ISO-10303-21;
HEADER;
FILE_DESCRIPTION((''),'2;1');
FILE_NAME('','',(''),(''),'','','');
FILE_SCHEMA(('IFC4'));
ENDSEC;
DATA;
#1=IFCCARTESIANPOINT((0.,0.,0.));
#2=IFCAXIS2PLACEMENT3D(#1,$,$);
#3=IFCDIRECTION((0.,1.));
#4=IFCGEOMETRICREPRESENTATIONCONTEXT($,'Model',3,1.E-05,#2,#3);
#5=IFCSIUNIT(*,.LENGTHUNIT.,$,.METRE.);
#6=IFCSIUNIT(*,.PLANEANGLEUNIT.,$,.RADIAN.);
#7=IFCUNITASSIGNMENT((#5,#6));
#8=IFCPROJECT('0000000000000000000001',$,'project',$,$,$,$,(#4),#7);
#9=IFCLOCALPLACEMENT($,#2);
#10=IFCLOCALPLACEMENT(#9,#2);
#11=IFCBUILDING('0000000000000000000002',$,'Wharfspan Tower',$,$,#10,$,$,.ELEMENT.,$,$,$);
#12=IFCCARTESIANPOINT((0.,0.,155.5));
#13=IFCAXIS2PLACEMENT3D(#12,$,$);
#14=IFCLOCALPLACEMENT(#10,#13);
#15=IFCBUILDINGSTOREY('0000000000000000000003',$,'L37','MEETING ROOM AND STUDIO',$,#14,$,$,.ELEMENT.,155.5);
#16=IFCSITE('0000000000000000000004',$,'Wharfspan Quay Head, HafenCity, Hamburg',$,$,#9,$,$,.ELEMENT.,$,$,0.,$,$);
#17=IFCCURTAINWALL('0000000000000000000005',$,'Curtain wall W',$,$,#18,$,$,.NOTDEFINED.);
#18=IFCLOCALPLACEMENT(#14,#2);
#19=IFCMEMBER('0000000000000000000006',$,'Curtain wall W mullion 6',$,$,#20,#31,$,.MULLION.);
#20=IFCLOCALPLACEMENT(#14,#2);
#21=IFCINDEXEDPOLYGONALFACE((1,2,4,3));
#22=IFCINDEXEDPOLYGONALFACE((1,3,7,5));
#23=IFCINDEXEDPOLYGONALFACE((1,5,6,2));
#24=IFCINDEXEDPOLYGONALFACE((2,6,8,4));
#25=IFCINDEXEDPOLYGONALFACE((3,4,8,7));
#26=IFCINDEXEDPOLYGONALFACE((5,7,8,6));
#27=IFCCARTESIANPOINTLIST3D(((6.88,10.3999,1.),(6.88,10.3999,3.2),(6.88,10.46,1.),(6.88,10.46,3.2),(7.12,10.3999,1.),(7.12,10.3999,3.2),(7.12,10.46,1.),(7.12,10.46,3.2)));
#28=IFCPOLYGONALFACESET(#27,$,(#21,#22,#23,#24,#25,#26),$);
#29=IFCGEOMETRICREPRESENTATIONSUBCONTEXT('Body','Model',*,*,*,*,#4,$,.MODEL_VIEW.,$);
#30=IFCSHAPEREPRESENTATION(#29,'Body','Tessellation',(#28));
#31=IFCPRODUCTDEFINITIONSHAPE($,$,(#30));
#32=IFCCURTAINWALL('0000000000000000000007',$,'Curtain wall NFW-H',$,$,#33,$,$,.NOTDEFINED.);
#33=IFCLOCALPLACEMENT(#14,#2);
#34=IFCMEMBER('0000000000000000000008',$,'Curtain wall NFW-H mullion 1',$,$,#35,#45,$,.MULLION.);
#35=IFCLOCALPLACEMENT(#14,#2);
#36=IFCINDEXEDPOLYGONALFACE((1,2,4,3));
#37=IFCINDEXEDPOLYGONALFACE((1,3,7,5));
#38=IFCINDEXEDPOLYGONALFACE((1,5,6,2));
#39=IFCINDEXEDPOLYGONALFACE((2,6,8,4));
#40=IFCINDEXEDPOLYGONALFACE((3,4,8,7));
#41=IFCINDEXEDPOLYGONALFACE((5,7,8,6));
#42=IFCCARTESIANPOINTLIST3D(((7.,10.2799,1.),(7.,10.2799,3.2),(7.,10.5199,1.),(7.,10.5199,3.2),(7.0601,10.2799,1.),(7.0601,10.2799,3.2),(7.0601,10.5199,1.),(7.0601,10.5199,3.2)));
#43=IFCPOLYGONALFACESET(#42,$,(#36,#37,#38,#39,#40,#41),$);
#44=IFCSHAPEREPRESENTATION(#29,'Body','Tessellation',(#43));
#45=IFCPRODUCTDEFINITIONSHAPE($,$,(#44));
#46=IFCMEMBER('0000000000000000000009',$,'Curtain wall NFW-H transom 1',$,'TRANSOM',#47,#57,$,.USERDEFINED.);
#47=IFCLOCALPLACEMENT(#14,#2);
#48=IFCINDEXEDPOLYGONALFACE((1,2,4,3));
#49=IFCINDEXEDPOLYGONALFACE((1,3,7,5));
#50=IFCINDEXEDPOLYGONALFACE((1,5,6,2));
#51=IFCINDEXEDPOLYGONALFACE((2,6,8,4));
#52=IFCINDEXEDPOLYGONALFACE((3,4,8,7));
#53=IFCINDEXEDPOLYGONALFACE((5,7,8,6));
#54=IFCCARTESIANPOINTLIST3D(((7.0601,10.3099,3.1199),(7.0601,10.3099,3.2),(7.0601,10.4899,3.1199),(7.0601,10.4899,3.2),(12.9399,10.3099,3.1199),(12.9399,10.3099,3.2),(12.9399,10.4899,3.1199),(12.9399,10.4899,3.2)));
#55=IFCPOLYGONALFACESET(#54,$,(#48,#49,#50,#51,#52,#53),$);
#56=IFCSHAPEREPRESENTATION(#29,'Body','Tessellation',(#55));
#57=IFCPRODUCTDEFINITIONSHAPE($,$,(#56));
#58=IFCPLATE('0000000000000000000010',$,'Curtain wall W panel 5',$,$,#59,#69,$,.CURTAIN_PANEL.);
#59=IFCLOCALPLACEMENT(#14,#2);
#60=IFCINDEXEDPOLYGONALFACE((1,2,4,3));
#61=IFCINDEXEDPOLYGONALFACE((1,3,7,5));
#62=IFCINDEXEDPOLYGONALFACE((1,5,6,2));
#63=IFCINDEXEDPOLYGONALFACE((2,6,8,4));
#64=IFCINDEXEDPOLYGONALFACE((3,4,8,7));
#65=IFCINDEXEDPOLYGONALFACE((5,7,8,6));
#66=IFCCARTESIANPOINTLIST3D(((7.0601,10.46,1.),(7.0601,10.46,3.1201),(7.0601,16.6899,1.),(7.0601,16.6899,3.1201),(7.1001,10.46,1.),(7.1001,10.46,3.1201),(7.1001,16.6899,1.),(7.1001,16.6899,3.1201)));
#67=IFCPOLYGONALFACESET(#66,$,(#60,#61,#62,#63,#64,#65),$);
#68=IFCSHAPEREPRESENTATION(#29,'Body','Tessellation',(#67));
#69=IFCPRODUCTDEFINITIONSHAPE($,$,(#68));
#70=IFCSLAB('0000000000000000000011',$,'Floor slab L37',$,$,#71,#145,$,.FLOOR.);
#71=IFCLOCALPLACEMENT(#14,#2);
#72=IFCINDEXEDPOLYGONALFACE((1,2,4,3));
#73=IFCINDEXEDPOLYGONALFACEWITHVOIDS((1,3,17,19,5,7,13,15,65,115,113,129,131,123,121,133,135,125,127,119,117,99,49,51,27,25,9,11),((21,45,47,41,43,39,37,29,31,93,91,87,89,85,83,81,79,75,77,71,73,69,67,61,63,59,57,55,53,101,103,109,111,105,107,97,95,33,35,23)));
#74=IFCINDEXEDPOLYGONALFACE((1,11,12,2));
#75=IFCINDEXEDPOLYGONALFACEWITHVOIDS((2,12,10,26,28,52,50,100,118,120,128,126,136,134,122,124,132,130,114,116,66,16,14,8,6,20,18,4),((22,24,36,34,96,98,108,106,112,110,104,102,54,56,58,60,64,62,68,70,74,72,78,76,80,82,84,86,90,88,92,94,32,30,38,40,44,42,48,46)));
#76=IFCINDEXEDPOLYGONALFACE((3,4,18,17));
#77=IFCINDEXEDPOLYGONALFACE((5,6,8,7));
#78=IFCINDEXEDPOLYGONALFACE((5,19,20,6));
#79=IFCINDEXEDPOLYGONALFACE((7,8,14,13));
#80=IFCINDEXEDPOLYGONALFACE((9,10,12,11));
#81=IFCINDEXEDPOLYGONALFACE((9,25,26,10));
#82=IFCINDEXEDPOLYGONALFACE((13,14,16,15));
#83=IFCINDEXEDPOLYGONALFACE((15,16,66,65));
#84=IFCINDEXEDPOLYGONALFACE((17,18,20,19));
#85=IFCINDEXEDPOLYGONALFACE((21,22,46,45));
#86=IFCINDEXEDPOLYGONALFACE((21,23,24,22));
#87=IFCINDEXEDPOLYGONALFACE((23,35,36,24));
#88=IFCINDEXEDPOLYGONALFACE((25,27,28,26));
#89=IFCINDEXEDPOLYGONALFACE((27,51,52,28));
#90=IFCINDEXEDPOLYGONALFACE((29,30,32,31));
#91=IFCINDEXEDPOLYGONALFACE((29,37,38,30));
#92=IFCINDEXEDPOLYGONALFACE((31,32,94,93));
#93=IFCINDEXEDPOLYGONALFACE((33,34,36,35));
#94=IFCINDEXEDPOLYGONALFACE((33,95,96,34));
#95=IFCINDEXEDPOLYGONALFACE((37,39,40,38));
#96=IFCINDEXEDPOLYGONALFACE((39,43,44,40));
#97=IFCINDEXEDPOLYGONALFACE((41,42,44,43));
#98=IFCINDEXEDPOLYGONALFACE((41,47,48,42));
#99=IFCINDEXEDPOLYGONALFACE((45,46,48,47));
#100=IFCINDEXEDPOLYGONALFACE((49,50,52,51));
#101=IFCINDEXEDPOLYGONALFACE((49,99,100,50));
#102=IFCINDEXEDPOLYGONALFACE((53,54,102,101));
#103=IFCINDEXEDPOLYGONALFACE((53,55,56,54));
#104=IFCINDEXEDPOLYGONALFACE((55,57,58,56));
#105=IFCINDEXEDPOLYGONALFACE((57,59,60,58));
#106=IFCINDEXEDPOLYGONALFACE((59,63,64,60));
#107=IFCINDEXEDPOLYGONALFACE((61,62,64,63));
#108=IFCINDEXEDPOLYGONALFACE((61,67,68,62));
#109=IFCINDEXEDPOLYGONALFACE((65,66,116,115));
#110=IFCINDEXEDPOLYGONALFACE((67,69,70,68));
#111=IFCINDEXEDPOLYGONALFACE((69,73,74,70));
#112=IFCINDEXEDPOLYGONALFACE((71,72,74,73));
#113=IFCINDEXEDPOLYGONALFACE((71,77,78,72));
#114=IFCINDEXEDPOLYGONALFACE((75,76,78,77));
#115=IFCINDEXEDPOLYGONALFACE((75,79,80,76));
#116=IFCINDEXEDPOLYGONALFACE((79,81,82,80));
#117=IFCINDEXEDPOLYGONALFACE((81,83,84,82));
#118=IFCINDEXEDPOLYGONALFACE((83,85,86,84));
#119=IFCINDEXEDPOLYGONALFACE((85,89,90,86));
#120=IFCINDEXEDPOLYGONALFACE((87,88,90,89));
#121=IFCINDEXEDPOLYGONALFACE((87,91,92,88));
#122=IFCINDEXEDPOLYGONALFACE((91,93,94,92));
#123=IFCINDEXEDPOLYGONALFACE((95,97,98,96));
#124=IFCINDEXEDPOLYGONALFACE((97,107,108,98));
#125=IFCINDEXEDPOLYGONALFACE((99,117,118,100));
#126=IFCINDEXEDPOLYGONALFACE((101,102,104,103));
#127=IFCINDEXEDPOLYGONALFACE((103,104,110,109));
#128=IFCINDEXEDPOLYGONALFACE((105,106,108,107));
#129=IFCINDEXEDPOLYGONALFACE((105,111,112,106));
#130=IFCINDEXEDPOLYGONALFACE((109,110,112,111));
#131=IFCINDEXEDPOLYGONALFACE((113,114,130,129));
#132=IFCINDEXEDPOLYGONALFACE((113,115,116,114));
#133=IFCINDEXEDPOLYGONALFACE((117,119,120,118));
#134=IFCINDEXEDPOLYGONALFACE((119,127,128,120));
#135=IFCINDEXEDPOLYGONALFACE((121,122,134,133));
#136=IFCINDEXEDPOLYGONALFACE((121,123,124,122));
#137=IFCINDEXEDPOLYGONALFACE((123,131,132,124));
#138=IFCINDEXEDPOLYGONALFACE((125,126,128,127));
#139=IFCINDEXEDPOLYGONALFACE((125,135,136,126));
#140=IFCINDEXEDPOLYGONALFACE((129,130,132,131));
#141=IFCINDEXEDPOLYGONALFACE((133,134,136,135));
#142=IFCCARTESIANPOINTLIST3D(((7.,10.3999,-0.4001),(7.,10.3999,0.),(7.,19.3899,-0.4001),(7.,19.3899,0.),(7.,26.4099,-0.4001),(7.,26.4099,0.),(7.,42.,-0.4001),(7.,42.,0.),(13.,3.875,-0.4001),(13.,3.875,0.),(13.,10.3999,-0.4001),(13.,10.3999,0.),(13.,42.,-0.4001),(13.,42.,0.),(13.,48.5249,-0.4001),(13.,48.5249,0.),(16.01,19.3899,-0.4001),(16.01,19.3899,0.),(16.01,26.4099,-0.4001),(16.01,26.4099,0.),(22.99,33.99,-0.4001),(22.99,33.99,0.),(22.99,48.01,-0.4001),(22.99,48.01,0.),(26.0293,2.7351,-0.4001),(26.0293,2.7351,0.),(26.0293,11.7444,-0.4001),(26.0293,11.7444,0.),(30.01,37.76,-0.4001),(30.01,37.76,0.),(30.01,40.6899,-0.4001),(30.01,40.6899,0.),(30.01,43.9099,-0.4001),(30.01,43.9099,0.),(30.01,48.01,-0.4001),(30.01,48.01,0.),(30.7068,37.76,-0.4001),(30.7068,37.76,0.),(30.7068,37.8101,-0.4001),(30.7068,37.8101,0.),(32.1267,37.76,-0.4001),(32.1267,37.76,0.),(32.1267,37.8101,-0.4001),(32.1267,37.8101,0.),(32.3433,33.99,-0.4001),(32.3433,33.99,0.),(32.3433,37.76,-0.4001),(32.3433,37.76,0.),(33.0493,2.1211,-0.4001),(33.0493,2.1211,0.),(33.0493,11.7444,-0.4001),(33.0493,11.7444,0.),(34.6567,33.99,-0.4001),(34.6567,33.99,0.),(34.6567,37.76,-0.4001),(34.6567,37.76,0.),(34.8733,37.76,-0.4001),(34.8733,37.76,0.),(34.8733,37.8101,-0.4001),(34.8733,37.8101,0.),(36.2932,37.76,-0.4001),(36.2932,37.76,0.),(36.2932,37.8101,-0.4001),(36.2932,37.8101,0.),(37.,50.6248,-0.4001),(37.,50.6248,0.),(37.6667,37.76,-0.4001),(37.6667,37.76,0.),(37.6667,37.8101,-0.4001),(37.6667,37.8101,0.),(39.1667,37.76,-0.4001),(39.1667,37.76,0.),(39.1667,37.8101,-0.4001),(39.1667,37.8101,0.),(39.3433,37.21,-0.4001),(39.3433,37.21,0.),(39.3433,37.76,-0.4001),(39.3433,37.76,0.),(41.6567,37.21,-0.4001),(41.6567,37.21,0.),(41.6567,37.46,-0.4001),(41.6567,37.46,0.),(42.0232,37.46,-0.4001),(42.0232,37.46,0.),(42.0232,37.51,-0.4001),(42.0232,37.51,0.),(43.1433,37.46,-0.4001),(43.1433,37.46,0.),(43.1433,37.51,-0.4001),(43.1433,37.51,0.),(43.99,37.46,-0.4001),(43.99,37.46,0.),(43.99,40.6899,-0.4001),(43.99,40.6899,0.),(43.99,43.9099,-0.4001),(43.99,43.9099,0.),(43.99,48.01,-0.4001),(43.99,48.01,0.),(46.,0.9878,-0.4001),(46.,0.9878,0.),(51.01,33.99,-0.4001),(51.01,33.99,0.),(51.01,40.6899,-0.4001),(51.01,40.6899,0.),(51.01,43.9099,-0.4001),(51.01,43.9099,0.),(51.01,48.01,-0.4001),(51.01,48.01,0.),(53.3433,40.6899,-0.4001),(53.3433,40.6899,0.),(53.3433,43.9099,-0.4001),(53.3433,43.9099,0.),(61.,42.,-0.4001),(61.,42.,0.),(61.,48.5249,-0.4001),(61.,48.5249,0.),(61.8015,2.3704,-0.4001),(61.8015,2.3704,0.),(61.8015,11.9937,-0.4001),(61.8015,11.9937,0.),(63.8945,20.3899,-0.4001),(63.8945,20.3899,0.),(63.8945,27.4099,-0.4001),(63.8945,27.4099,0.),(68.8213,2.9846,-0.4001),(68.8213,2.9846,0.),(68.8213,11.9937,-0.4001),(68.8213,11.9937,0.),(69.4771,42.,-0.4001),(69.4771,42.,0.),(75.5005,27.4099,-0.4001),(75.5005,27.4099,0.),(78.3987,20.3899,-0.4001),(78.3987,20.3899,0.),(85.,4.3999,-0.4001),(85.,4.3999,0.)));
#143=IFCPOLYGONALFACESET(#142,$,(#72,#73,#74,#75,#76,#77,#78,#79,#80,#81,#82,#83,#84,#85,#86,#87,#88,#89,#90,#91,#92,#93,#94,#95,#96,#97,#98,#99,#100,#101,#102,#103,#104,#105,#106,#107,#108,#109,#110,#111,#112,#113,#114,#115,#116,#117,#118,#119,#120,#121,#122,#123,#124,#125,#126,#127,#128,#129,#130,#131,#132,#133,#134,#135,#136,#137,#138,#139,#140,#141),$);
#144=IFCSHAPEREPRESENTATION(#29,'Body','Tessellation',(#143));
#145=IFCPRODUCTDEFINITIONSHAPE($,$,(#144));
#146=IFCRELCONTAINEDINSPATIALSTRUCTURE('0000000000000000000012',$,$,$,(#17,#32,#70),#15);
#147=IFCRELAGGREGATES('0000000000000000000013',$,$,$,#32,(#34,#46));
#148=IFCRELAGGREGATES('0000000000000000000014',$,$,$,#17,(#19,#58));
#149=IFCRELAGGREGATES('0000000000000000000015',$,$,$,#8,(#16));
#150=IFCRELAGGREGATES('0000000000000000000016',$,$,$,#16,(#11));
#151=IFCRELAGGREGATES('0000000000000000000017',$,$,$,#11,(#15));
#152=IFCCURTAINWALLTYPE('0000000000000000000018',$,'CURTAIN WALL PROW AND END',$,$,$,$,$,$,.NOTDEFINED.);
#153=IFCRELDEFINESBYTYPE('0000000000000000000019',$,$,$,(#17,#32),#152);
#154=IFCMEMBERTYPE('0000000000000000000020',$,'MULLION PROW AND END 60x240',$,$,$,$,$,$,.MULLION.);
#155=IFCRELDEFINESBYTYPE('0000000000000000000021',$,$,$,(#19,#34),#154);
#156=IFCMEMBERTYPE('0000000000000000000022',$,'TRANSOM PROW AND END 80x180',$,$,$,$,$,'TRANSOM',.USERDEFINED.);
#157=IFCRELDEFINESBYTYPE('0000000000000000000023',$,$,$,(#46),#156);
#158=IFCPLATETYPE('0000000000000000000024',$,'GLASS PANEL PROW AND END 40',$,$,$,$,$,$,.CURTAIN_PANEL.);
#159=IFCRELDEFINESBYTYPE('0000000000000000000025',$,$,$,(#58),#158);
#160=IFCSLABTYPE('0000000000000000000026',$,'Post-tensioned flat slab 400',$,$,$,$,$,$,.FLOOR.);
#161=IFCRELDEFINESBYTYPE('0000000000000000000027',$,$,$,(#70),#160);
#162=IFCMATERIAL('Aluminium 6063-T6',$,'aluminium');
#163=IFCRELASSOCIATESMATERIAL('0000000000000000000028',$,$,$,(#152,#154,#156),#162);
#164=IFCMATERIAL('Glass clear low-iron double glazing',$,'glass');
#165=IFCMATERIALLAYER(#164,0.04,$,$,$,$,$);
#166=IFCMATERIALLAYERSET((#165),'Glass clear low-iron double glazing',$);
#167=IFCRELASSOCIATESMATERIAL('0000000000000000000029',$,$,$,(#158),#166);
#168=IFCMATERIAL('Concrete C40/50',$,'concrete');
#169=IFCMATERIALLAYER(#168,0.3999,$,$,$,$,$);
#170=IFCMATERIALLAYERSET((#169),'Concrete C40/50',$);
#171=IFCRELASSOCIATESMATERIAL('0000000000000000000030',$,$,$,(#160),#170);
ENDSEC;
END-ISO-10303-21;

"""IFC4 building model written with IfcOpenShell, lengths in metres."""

from ifc_helpers import new_model, si_unit, direction, frame, origin, origin_2d, place, context, subcontext, project, spatial, polyline, rectangle, outline, extrude, material, layer, layer_set, material_profile, profile_set, type_object, element, aggregate, save


model = new_model("IFC4")

# Units and contexts
model_context = context("Model", 3, precision=1e-05, world=origin(), true_north=direction((0.0, 1.0)))
body_context = subcontext(model_context, "Body", "Model", "MODEL_VIEW")
ifc_project = project(units=[si_unit("LENGTHUNIT", "METRE"), si_unit("PLANEANGLEUNIT", "RADIAN")], contexts=[model_context])

# Site, building, storey
site_placement = place(None, origin())
site = spatial("IfcSite", under=ifc_project, at=site_placement, Name="Wharfspan Quay Head, HafenCity, Hamburg", CompositionType="ELEMENT", RefElevation=0.0)
building_placement = place(site_placement, origin())
building = spatial("IfcBuilding", under=site, at=building_placement, Name="Wharfspan Tower", CompositionType="ELEMENT")
storey_placement = place(building_placement, frame((0.0, 0.0, 155.5)))
storey = spatial("IfcBuildingStorey", under=building, at=storey_placement, Name="L37", Description="MEETING ROOM AND STUDIO", CompositionType="ELEMENT", Elevation=155.5)

# Curtain wall, member
ifc_material_1 = material(Name="Aluminium 6063-T6", Category="aluminium")
curtain_wall_type = type_object("IfcCurtainWallType", Name="CURTAIN WALL PROW AND END", PredefinedType="NOTDEFINED", material=ifc_material_1)
curtain_wall_1_placement = place(storey_placement, origin())
curtain_wall_1 = element("IfcCurtainWall", 1, at=curtain_wall_1_placement, inside=storey, type_object=curtain_wall_type, Name="Curtain wall W", PredefinedType="NOTDEFINED")
ifc_material_profile_1 = material_profile(ifc_material_1, rectangle(XDim=0.24, YDim=0.0601, at=origin_2d()))
ifc_profile_set_1 = profile_set([ifc_material_profile_1], Name="Aluminium 6063-T6")
member_type_1 = type_object("IfcMemberType", Name="MULLION PROW AND END 60x240", PredefinedType="MULLION", material=ifc_profile_set_1)
member_1_placement = place(storey_placement, frame((7.0, 10.4299, 1.0), z_axis=(0.0, 0.0, 1.0), x_axis=(1.0, 0.0, 0.0)))
member_1 = element("IfcMember", 2, at=member_1_placement, type_object=member_type_1, Name="Curtain wall W mullion 6", PredefinedType="MULLION", context=body_context, shape_type="SweptSolid", body=[
    extrude(rectangle(XDim=0.24, YDim=0.0601, at=origin_2d()), origin(), (0.0, 0.0, 1.0), 2.2),
])

# Curtain wall, members
curtain_wall_2_placement = place(storey_placement, origin())
curtain_wall_2 = element("IfcCurtainWall", 3, at=curtain_wall_2_placement, inside=storey, type_object=curtain_wall_type, Name="Curtain wall NFW-H", PredefinedType="NOTDEFINED")
member_2_placement = place(storey_placement, frame((7.03, 10.3999, 1.0), z_axis=(0.0, 0.0, 1.0), x_axis=(0.0, 1.0, 0.0)))
member_2 = element("IfcMember", 4, at=member_2_placement, type_object=member_type_1, Name="Curtain wall NFW-H mullion 1", PredefinedType="MULLION", context=body_context, shape_type="SweptSolid", body=[
    extrude(rectangle(XDim=0.24, YDim=0.0601, at=origin_2d()), origin(), (0.0, 0.0, 1.0), 2.2),
])
ifc_material_profile_2 = material_profile(ifc_material_1, rectangle(XDim=0.1799, YDim=0.0801, at=origin_2d()))
ifc_profile_set_2 = profile_set([ifc_material_profile_2], Name="Aluminium 6063-T6")
member_type_2 = type_object("IfcMemberType", Name="TRANSOM PROW AND END 80x180", ElementType="TRANSOM", PredefinedType="USERDEFINED", material=ifc_profile_set_2)
member_3_placement = place(storey_placement, frame((7.0601, 10.3999, 3.1599), z_axis=(1.0, 0.0, 0.0), x_axis=(0.0, 1.0, 0.0)))
member_3 = element("IfcMember", 5, at=member_3_placement, type_object=member_type_2, Name="Curtain wall NFW-H transom 1", ObjectType="TRANSOM", PredefinedType="USERDEFINED", context=body_context, shape_type="SweptSolid", body=[
    extrude(rectangle(XDim=0.1799, YDim=0.0801, at=origin_2d()), origin(), (0.0, 0.0, 1.0), 5.8799),
])
aggregate(curtain_wall_2, [member_2, member_3])

# Plate
ifc_material_2 = material(Name="Glass clear low-iron double glazing", Category="glass")
ifc_layer_1 = layer(ifc_material_2, 0.04)
ifc_layer_set_1 = layer_set([ifc_layer_1], Name="Glass clear low-iron double glazing")
plate_type = type_object("IfcPlateType", Name="GLASS PANEL PROW AND END 40", PredefinedType="CURTAIN_PANEL", material=ifc_layer_set_1)
plate_placement = place(storey_placement, frame((7.0801, 13.575, 1.0), z_axis=(0.0, 0.0, 1.0), x_axis=(0.0, -1.0, 0.0)))
plate = element("IfcPlate", 6, at=plate_placement, type_object=plate_type, Name="Curtain wall W panel 5", PredefinedType="CURTAIN_PANEL", context=body_context, shape_type="SweptSolid", body=[
    extrude(rectangle(XDim=6.23, YDim=0.04, at=origin_2d()), origin(), (0.0, 0.0, 1.0), 2.1201),
])
aggregate(curtain_wall_1, [member_1, plate])

# Slab
ifc_material_3 = material(Name="Concrete C40/50", Category="concrete")
ifc_layer_2 = layer(ifc_material_3, 0.3999)
ifc_layer_set_2 = layer_set([ifc_layer_2], Name="Concrete C40/50")
slab_type_1 = type_object("IfcSlabType", Name="Post-tensioned flat slab 400", PredefinedType="FLOOR", material=ifc_layer_set_2)
slab_1_placement = place(storey_placement, frame((0.0, 0.0, -0.4001)))
element("IfcSlab", 7, at=slab_1_placement, inside=storey, type_object=slab_type_1, Name="Floor slab L37", PredefinedType="FLOOR", context=body_context, shape_type="SweptSolid", body=[
    extrude(outline(polyline([(26.0293, 2.7351), (26.0293, 11.7444), (33.0493, 11.7444), (33.0493, 2.1211), (46.0, 0.9878), (61.8015, 2.3704), (61.8015, 11.9937), (68.8213, 11.9937), (68.8213, 2.9846), (85.0, 4.3999), (78.3987, 20.3899), (63.8945, 20.3899), (63.8945, 27.4099), (75.5005, 27.4099), (69.4771, 42.0), (61.0, 42.0), (61.0, 48.5249), (37.0, 50.6248), (13.0, 48.5249), (13.0, 42.0), (7.0, 42.0), (7.0, 26.4099), (16.01, 26.4099), (16.01, 19.3899), (7.0, 19.3899), (7.0, 10.3999), (13.0, 10.3999), (13.0, 3.875), (26.0293, 2.7351)]), holes=[polyline([(32.1267, 37.76), (32.3433, 37.76), (32.3433, 33.99), (22.99, 33.99), (22.99, 48.01), (30.01, 48.01), (30.01, 43.9099), (43.99, 43.9099), (43.99, 48.01), (51.01, 48.01), (51.01, 43.9099), (53.3433, 43.9099), (53.3433, 40.6899), (51.01, 40.6899), (51.01, 33.99), (34.6567, 33.99), (34.6567, 37.76), (34.8733, 37.76), (34.8733, 37.8101), (36.2932, 37.8101), (36.2932, 37.76), (37.6667, 37.76), (37.6667, 37.8101), (39.1667, 37.8101), (39.1667, 37.76), (39.3433, 37.76), (39.3433, 37.21), (41.6567, 37.21), (41.6567, 37.46), (42.0232, 37.46), (42.0232, 37.51), (43.1433, 37.51), (43.1433, 37.46), (43.99, 37.46), (43.99, 40.6899), (30.01, 40.6899), (30.01, 37.76), (30.7068, 37.76), (30.7068, 37.8101), (32.1267, 37.8101), (32.1267, 37.76)])]), origin(), (0.0, 0.0, 1.0), 0.4001),
])

save(model, "model.ifc")
